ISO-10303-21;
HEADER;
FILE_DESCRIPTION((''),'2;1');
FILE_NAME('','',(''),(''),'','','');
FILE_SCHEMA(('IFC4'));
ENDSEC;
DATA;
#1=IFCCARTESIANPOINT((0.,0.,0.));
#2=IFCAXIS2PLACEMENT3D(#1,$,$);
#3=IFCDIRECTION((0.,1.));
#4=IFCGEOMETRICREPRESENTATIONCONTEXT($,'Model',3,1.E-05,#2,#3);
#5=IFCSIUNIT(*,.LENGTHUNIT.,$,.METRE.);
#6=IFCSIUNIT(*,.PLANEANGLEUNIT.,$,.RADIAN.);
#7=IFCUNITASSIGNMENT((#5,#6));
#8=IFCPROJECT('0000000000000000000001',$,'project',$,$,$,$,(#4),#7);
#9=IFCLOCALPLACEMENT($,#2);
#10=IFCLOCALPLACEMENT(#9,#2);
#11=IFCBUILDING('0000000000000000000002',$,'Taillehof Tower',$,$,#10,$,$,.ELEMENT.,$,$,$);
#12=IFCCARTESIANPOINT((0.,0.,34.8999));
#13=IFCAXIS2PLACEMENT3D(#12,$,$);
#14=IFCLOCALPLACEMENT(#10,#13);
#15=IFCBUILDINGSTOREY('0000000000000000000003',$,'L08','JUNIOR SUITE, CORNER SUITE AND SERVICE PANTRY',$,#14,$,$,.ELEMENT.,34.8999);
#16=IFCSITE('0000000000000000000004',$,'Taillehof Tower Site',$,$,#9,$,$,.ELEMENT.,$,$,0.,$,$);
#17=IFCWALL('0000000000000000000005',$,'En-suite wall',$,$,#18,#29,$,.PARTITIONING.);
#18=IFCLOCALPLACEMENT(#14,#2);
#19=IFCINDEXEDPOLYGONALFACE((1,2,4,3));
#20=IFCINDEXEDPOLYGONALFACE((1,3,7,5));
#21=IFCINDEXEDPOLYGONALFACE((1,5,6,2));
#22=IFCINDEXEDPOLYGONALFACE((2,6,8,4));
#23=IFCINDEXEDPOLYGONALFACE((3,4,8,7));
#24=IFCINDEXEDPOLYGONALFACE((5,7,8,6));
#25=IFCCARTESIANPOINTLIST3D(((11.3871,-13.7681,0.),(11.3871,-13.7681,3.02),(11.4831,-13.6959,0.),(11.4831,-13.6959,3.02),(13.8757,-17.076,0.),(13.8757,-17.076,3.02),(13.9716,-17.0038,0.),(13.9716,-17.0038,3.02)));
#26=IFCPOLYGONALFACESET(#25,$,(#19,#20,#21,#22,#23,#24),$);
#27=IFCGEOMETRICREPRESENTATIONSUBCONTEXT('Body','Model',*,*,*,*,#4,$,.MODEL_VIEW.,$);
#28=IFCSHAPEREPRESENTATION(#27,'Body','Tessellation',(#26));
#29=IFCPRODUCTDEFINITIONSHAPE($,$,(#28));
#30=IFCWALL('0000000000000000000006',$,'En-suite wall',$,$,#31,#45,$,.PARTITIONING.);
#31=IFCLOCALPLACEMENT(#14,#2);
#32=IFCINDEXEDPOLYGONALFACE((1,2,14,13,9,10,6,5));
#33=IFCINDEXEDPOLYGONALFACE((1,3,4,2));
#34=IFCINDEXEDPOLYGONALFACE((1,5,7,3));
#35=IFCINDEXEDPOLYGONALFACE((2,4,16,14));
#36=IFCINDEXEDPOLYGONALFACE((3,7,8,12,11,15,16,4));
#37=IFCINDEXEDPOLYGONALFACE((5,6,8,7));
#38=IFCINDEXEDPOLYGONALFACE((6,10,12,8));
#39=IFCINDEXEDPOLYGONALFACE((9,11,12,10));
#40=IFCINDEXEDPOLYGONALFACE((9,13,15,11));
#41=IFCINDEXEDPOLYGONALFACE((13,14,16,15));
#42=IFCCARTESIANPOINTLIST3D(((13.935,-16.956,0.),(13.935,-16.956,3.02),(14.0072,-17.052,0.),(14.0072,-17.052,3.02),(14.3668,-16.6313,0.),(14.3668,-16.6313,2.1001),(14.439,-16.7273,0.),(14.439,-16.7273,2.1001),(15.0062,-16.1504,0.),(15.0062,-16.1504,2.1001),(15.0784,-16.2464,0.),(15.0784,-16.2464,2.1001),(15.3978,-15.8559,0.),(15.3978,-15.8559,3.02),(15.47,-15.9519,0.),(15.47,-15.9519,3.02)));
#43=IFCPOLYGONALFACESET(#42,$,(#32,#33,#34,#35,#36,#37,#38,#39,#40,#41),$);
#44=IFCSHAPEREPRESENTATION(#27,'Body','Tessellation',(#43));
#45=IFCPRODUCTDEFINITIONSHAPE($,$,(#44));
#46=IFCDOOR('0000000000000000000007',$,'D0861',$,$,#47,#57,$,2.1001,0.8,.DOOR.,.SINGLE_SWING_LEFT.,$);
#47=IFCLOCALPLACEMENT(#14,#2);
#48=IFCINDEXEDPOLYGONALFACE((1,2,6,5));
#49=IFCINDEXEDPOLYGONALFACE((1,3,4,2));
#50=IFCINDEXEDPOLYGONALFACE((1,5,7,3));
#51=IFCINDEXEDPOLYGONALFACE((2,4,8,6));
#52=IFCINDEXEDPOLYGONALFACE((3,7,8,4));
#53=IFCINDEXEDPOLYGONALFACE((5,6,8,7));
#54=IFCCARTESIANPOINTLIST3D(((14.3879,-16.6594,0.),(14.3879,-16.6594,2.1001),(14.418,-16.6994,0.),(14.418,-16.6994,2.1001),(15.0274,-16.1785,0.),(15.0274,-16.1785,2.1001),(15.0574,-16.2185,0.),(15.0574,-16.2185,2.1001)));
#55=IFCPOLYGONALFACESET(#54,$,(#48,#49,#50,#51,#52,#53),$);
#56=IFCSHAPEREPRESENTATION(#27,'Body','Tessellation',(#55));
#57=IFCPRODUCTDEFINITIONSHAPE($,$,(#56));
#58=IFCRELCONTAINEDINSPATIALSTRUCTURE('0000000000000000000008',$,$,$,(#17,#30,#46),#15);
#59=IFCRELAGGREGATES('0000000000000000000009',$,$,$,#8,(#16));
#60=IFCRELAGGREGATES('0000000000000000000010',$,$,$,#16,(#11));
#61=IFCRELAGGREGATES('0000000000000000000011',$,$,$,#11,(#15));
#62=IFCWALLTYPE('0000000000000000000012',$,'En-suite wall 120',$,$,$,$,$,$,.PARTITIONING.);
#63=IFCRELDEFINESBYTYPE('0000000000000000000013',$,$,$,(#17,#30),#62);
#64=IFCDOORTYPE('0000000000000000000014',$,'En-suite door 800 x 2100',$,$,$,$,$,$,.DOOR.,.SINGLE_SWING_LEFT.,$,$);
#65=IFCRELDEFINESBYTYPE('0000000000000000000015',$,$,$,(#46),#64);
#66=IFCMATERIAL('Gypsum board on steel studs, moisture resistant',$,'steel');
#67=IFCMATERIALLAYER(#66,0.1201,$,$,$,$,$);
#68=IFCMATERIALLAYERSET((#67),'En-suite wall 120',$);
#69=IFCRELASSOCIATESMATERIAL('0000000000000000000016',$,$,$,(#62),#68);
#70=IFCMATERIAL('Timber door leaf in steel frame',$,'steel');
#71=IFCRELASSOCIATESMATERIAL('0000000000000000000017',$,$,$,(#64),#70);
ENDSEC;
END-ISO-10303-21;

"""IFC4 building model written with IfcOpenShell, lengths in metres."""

from ifc_helpers import new_model, si_unit, direction, frame, frame_2d, origin, place, context, subcontext, project, spatial, rectangle, extrude, material, layer, layer_set, type_object, element, fill, save


model = new_model("IFC4")

# Units and contexts
model_context = context("Model", 3, precision=1e-05, world=origin(), true_north=direction((0.0, 1.0)))
body_context = subcontext(model_context, "Body", "Model", "MODEL_VIEW")
ifc_project = project(units=[si_unit("LENGTHUNIT", "METRE"), si_unit("PLANEANGLEUNIT", "RADIAN")], contexts=[model_context])

# Site, building, storey
site_placement = place(None, origin())
site = spatial("IfcSite", under=ifc_project, at=site_placement, Name="Taillehof Tower Site", CompositionType="ELEMENT", RefElevation=0.0)
building_placement = place(site_placement, origin())
building = spatial("IfcBuilding", under=site, at=building_placement, Name="Taillehof Tower", CompositionType="ELEMENT")
storey_placement = place(building_placement, frame((0.0, 0.0, 34.8999)))
storey = spatial("IfcBuildingStorey", under=building, at=storey_placement, Name="L08", Description="JUNIOR SUITE, CORNER SUITE AND SERVICE PANTRY", CompositionType="ELEMENT", Elevation=34.8999)

# Wall
ifc_material_1 = material(Name="Gypsum board on steel studs, moisture resistant", Category="steel")
ifc_layer_1 = layer(ifc_material_1, 0.1201)
ifc_layer_set_1 = layer_set([ifc_layer_1], Name="En-suite wall 120")
wall_type_1 = type_object("IfcWallType", Name="En-suite wall 120", PredefinedType="PARTITIONING", material=ifc_layer_set_1)
wall_1_placement = place(storey_placement, frame((11.4351, -13.7319, 0.0), z_axis=(0.0, 0.0, 1.0), x_axis=(0.601179, -0.799114, 0.0)))
element("IfcWall", 1, at=wall_1_placement, inside=storey, type_object=wall_type_1, Name="En-suite wall", PredefinedType="PARTITIONING", context=body_context, shape_type="SweptSolid", body=[
    extrude(rectangle(XDim=4.1394, YDim=0.1201, at=frame_2d((2.0698, 0.0))), origin(), (0.0, 0.0, 1.0), 3.02),
])

# Wall, opening, door
wall_2_placement = place(storey_placement, frame((13.9712, -17.0039, 0.0), z_axis=(0.0, 0.0, 1.0), x_axis=(0.799231, 0.601024, 0.0)))
wall_2 = element("IfcWall", 2, at=wall_2_placement, inside=storey, type_object=wall_type_1, Name="En-suite wall", PredefinedType="PARTITIONING", context=body_context, shape_type="SweptSolid", body=[
    extrude(rectangle(XDim=1.8303, YDim=0.1201, at=frame_2d((0.915, 0.0))), origin(), (0.0, 0.0, 1.0), 3.02),
])
opening_1_placement = place(wall_2_placement, frame((0.5403, 0.0, 0.0)))
opening_1 = element("IfcOpeningElement", 3, at=opening_1_placement, cuts=wall_2, PredefinedType="OPENING", context=body_context, shape_type="SweptSolid", body=[
    extrude(rectangle(XDim=0.8, YDim=2.1001, at=frame_2d((0.3999, 1.05))), frame((0.0, 0.0701, 0.0), z_axis=(0.0, -1.0, 0.0), x_axis=(1.0, 0.0, 0.0)), (0.0, 0.0, 1.0), 0.1401),
])
ifc_material_2 = material(Name="Timber door leaf in steel frame", Category="steel")
door_type_1 = type_object("IfcDoorType", Name="En-suite door 800 x 2100", OperationType="SINGLE_SWING_LEFT", PredefinedType="DOOR", material=ifc_material_2)
door_1_placement = place(opening_1_placement, origin())
door_1 = element("IfcDoor", 4, at=door_1_placement, inside=storey, type_object=door_type_1, Name="D0861", OperationType="SINGLE_SWING_LEFT", OverallHeight=2.1001, OverallWidth=0.8, PredefinedType="DOOR", context=body_context, shape_type="SweptSolid", body=[
    extrude(rectangle(XDim=0.8, YDim=2.1001, at=frame_2d((0.3999, 1.05))), frame((0.0, 0.0249, 0.0), z_axis=(0.0, -1.0, 0.0), x_axis=(1.0, 0.0, 0.0)), (0.0, 0.0, 1.0), 0.05),
])
fill(opening_1, door_1)

save(model, "model.ifc")
